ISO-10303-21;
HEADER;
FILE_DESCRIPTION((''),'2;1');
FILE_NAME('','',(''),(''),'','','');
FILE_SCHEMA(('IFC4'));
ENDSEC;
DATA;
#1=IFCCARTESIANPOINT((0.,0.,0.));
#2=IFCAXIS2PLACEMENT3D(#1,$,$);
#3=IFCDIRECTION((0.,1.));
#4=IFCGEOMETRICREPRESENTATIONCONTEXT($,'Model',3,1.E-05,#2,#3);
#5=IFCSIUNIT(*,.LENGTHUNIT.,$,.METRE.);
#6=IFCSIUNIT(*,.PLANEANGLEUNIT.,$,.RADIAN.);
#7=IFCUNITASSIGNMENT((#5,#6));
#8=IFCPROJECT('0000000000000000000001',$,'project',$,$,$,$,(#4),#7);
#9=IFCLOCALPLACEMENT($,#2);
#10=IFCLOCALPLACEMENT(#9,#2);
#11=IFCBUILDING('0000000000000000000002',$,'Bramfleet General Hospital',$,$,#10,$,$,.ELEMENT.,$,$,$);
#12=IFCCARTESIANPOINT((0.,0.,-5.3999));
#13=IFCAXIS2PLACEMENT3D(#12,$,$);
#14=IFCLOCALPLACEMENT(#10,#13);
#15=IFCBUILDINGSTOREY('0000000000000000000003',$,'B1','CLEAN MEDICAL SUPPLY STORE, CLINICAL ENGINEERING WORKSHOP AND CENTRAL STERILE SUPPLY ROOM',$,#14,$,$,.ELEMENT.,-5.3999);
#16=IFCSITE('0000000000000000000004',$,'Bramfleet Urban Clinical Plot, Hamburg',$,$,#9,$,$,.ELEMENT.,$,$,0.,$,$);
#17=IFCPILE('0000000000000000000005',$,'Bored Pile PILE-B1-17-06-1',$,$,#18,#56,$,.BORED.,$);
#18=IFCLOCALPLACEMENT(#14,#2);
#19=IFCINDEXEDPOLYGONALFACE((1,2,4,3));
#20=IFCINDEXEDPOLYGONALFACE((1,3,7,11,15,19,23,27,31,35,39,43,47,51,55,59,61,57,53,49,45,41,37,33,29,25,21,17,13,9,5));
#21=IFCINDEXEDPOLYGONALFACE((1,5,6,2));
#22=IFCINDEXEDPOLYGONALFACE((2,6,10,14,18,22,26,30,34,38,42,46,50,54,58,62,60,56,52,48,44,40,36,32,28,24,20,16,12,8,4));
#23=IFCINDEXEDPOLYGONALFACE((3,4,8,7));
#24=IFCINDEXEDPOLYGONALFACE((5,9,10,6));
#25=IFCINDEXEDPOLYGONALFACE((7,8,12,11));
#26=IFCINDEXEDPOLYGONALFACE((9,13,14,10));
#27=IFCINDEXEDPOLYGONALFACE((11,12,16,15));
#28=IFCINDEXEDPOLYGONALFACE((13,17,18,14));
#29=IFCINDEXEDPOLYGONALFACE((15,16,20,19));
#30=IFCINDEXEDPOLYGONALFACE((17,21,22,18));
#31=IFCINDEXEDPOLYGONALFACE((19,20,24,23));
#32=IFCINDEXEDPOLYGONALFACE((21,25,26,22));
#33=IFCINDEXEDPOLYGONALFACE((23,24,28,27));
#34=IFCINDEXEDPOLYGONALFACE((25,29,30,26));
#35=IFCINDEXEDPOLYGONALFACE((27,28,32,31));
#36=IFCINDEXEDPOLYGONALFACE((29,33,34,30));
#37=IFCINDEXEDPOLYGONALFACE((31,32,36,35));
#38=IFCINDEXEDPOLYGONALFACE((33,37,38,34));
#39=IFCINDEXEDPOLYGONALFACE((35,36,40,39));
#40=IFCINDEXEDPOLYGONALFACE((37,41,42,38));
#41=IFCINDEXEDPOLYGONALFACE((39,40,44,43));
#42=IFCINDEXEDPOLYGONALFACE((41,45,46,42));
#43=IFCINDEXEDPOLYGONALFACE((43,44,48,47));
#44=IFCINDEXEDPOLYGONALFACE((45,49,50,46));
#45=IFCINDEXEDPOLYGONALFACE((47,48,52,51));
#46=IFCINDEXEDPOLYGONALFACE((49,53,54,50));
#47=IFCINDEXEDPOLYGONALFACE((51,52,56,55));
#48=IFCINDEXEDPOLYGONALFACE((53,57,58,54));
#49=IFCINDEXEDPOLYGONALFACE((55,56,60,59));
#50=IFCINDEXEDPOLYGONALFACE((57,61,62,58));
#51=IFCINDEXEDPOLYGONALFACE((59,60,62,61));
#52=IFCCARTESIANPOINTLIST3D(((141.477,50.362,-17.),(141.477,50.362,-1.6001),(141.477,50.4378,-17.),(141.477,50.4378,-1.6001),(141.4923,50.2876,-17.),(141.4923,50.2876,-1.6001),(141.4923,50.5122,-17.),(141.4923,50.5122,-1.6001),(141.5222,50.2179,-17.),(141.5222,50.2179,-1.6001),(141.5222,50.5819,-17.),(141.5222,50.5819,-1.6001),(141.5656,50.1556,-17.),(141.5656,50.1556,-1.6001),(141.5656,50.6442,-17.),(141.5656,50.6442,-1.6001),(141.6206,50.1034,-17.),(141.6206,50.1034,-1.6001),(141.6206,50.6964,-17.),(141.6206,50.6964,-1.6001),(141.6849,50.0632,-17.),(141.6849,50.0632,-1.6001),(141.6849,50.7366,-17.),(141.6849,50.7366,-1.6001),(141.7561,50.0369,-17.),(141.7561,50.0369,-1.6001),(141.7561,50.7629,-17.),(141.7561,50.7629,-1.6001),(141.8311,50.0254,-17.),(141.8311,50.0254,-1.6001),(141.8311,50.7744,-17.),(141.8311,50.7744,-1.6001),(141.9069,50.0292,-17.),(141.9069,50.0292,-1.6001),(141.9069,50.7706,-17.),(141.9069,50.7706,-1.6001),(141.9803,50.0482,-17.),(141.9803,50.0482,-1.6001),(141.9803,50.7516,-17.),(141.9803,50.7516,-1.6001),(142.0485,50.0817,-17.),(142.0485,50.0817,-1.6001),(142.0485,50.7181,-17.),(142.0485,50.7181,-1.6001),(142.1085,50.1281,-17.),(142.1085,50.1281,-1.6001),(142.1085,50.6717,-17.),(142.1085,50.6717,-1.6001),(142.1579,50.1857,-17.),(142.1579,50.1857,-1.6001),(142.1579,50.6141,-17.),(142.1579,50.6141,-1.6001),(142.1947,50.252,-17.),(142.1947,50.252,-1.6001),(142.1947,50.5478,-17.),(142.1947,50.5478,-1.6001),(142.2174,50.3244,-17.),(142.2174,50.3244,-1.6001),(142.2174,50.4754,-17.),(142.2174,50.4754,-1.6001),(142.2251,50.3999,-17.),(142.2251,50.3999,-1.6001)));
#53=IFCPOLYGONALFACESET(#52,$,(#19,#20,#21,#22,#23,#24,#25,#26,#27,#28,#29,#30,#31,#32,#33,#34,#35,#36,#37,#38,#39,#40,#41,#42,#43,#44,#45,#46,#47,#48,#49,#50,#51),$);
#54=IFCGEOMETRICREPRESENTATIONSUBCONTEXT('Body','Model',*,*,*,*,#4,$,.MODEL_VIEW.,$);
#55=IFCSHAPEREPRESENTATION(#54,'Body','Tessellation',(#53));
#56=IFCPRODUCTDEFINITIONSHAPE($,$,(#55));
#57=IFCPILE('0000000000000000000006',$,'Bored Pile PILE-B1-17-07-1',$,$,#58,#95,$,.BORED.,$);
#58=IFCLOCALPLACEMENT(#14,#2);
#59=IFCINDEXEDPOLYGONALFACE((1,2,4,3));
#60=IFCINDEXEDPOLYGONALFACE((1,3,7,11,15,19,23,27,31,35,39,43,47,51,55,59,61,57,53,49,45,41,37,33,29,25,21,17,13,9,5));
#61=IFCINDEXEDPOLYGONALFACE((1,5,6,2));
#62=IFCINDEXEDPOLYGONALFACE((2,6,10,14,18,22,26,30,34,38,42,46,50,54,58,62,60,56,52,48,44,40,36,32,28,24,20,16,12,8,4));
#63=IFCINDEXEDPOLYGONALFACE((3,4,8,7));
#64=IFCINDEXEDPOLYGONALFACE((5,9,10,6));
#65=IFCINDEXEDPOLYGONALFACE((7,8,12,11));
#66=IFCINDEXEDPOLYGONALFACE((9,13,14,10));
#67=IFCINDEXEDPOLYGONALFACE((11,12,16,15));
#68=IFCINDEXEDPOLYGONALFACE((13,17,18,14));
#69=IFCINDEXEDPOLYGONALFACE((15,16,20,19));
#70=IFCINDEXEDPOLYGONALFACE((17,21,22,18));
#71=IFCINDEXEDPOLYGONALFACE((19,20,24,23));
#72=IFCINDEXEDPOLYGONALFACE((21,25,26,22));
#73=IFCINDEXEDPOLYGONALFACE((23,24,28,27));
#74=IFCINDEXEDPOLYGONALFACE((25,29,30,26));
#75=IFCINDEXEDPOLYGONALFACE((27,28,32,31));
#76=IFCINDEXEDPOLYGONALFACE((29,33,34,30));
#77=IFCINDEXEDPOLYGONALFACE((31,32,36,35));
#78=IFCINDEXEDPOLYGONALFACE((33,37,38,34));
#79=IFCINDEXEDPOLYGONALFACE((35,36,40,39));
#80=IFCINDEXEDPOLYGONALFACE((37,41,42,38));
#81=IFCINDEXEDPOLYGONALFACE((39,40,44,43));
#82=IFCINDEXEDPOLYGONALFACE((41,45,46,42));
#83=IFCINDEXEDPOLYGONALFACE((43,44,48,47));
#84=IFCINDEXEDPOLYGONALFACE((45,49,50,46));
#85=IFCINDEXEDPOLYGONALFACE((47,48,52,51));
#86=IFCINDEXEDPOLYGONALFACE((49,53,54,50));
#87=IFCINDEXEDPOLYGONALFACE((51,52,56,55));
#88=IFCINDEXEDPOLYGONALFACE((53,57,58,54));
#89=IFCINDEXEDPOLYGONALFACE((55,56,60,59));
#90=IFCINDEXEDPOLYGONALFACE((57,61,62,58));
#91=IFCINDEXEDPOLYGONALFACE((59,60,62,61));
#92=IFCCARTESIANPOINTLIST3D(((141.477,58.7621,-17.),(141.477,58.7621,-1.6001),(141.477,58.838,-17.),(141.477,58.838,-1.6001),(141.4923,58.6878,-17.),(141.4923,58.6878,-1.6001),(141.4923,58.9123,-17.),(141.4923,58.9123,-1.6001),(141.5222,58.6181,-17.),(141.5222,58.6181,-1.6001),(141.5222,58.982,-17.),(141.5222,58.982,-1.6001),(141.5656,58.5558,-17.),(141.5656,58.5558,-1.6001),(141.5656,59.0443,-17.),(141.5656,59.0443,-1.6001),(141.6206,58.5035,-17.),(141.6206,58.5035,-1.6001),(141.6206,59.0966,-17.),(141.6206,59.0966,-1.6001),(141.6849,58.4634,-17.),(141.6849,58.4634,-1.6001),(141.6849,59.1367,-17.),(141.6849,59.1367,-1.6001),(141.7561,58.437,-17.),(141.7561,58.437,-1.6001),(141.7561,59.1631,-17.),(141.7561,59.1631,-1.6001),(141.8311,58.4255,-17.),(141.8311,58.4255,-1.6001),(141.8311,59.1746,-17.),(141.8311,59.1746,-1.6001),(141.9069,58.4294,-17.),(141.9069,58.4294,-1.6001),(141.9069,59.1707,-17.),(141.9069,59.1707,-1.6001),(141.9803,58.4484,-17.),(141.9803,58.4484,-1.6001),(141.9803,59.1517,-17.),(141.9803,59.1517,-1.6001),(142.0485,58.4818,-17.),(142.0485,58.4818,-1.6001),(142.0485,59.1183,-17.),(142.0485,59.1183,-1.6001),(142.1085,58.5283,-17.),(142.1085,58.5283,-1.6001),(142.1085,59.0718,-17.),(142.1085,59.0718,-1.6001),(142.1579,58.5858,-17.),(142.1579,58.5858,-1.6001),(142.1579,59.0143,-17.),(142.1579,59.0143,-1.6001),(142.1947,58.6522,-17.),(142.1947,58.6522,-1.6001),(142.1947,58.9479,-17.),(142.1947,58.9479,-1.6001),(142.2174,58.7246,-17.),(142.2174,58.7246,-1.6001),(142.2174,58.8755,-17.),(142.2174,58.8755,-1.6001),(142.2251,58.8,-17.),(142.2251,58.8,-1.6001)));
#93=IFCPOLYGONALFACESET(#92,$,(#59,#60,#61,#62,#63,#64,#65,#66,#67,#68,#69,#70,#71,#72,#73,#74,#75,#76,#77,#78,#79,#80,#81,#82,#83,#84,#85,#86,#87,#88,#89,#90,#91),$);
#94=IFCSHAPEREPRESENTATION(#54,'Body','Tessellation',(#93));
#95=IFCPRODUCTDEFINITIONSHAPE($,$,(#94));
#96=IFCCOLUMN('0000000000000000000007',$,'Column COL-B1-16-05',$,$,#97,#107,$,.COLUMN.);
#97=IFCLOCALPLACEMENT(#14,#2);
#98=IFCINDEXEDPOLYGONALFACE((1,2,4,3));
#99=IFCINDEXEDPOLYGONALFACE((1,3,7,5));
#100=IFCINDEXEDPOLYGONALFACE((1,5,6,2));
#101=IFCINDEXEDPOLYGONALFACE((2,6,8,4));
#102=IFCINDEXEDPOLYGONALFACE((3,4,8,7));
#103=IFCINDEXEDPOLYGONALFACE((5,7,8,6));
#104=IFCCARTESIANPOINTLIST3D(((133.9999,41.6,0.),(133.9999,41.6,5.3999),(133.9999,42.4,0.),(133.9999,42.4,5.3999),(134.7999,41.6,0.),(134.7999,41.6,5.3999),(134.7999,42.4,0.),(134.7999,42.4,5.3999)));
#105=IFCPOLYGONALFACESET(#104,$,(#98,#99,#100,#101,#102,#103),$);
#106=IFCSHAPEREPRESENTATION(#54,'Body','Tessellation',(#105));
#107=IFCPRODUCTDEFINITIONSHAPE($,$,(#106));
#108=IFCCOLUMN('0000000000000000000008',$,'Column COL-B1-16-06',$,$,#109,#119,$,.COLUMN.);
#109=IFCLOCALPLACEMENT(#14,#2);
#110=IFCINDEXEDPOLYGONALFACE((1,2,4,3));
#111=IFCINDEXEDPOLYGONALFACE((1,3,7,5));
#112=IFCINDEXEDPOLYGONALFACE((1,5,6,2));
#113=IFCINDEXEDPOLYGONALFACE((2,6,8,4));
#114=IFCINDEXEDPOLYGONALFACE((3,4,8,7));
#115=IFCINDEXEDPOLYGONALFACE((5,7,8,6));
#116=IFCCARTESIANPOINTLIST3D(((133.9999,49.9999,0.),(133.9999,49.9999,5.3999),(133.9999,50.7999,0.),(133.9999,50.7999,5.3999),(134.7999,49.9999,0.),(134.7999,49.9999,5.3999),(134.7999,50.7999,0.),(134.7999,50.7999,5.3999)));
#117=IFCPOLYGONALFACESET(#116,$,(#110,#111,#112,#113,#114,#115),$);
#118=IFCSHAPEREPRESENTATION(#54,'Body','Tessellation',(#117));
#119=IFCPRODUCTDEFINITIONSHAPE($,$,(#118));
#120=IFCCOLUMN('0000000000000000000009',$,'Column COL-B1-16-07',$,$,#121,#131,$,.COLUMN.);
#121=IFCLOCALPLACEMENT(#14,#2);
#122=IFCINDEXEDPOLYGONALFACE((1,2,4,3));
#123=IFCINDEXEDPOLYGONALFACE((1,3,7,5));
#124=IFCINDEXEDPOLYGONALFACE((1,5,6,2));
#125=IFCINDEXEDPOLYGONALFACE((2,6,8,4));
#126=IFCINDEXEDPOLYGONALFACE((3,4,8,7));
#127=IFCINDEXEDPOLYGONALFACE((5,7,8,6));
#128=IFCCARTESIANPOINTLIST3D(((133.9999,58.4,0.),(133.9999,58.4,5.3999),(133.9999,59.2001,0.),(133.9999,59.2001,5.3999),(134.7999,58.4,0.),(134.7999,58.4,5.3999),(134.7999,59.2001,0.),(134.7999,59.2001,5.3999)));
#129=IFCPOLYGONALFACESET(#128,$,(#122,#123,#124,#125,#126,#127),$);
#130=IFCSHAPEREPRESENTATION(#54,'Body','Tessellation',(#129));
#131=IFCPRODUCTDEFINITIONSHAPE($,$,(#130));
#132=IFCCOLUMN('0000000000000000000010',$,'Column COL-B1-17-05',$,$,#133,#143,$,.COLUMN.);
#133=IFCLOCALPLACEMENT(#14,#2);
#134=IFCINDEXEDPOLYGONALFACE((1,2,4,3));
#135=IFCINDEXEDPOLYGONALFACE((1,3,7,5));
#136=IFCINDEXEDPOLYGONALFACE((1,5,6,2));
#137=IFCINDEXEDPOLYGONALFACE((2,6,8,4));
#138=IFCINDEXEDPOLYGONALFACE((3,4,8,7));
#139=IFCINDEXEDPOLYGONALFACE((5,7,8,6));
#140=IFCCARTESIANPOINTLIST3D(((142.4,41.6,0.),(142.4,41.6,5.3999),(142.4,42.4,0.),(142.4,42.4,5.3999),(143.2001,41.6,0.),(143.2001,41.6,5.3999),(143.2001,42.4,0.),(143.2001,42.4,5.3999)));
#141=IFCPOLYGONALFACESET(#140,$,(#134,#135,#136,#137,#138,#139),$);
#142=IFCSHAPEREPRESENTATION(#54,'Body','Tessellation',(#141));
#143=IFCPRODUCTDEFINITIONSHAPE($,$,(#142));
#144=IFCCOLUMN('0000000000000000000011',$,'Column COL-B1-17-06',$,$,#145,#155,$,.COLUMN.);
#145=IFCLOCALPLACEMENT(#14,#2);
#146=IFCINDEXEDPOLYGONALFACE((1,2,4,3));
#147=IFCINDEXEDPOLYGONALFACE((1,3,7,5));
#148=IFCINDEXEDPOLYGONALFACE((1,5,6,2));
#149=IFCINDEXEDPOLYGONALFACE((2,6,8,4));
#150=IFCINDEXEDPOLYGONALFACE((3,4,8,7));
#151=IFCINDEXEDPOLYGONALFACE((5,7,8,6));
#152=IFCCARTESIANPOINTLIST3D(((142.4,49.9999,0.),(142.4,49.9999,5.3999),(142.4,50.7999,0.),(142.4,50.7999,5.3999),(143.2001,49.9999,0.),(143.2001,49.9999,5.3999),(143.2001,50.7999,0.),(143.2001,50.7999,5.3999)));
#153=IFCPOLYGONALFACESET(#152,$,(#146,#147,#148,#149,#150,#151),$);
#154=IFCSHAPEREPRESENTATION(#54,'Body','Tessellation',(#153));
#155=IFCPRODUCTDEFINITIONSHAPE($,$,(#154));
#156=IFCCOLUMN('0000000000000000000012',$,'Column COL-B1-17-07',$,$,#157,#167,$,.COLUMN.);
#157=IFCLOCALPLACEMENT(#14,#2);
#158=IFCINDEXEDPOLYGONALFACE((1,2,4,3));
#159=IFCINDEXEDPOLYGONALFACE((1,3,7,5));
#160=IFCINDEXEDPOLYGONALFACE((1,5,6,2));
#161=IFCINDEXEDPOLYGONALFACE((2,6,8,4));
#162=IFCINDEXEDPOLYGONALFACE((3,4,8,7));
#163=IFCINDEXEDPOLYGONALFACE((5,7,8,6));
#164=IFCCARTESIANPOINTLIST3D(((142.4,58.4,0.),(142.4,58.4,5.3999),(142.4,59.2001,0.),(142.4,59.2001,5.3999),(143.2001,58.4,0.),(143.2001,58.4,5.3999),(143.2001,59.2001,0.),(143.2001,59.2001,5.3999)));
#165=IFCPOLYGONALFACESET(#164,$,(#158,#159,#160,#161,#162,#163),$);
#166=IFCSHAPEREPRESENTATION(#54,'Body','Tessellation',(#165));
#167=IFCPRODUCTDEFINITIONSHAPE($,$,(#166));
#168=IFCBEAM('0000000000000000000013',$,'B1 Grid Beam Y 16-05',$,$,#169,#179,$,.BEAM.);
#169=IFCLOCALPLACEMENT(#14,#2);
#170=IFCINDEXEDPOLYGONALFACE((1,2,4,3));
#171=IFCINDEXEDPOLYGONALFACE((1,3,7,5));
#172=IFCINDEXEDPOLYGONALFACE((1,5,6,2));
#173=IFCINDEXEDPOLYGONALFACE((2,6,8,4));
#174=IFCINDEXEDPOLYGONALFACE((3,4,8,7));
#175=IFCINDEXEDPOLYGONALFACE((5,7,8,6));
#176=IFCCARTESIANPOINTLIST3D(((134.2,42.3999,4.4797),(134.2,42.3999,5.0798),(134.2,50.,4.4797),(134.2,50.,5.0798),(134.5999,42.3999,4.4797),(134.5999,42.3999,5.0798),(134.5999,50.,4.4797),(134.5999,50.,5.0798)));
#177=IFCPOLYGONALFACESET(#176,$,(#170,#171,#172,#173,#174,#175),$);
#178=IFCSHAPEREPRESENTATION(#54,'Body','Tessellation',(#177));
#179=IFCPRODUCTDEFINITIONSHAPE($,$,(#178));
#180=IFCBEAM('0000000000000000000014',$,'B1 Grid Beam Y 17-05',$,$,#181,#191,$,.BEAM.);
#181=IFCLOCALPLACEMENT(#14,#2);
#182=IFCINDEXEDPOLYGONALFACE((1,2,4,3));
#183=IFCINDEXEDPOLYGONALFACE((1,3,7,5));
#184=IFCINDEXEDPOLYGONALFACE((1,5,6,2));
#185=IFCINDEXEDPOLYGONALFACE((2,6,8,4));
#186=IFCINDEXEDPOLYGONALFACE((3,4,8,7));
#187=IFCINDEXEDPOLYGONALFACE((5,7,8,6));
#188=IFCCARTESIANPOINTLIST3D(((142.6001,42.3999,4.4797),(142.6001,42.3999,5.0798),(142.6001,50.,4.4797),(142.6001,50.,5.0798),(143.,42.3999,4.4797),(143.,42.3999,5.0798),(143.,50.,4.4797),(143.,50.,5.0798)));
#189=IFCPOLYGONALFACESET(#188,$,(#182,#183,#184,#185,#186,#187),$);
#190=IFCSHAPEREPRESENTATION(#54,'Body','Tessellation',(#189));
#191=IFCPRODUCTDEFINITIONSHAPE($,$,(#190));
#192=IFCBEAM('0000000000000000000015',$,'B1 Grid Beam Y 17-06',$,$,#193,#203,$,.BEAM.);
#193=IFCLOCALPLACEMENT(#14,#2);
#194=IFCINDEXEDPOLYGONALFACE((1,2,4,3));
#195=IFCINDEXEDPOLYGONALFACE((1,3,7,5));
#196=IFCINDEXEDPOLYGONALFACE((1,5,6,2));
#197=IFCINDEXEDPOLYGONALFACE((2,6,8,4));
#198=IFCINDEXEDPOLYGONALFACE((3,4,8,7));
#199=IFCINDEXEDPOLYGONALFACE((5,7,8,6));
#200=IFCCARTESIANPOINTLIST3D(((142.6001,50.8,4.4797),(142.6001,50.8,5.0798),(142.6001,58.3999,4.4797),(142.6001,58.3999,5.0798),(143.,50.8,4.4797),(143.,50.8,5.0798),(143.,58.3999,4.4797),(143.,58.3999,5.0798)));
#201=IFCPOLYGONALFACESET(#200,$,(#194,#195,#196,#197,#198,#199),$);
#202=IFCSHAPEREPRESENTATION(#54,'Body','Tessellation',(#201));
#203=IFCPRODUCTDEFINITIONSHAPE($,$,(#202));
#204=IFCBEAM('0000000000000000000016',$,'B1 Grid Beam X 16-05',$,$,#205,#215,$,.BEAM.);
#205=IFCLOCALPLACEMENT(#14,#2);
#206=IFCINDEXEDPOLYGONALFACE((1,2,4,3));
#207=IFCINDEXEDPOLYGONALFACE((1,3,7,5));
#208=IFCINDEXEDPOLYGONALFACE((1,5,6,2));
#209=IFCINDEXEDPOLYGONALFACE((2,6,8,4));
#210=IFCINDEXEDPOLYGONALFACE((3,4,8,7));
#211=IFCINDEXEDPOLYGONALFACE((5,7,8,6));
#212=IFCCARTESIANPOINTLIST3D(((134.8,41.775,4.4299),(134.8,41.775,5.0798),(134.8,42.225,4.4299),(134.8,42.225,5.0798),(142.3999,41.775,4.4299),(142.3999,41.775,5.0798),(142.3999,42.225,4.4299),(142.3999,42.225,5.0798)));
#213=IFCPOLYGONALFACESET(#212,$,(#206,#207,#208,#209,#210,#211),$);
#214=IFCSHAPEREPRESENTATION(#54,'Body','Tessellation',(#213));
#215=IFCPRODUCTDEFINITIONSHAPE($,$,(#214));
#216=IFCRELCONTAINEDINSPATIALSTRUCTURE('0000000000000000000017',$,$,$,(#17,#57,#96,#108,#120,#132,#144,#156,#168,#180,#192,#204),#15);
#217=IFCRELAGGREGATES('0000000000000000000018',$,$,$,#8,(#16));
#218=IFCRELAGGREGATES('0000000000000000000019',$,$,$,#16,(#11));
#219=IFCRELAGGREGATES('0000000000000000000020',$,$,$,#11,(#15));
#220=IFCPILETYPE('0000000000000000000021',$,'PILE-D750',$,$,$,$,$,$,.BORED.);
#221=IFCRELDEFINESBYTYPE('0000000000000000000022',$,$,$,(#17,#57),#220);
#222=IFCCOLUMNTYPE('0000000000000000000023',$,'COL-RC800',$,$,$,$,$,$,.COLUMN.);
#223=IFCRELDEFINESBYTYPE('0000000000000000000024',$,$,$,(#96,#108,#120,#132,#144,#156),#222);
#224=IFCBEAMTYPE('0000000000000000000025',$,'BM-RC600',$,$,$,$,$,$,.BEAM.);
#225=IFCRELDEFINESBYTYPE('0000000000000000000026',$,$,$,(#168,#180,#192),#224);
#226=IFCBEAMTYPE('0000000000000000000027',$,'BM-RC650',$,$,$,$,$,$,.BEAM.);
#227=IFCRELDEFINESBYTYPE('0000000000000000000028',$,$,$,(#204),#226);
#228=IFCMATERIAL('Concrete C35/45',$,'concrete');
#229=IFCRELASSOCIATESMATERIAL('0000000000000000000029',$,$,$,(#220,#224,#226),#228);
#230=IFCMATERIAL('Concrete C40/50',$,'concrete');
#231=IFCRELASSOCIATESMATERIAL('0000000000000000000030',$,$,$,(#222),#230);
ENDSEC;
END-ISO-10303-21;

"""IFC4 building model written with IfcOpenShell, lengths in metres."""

from ifc_helpers import new_model, si_unit, direction, frame, origin, origin_2d, place, context, subcontext, project, spatial, rectangle, circle, extrude, material, material_profile, profile_set, type_object, element, save


model = new_model("IFC4")

# Units and contexts
model_context = context("Model", 3, precision=1e-05, world=origin(), true_north=direction((0.0, 1.0)))
body_context = subcontext(model_context, "Body", "Model", "MODEL_VIEW")
ifc_project = project(units=[si_unit("LENGTHUNIT", "METRE"), si_unit("PLANEANGLEUNIT", "RADIAN")], contexts=[model_context])

# Site, building, storey
site_placement = place(None, origin())
site = spatial("IfcSite", under=ifc_project, at=site_placement, Name="Bramfleet Urban Clinical Plot, Hamburg", CompositionType="ELEMENT", RefElevation=0.0)
building_placement = place(site_placement, origin())
building = spatial("IfcBuilding", under=site, at=building_placement, Name="Bramfleet General Hospital", CompositionType="ELEMENT")
storey_placement = place(building_placement, frame((0.0, 0.0, -5.3999)))
storey = spatial("IfcBuildingStorey", under=building, at=storey_placement, Name="B1", Description="CLEAN MEDICAL SUPPLY STORE, CLINICAL ENGINEERING WORKSHOP AND CENTRAL STERILE SUPPLY ROOM", CompositionType="ELEMENT", Elevation=-5.3999)

# Shared definitions
ifc_material_1 = material(Name="Concrete C35/45", Category="concrete")

# Piles
ifc_material_profile_1 = material_profile(ifc_material_1, circle(Radius=0.375, at=origin_2d()), Name="PILE BORED D750")
ifc_profile_set_1 = profile_set([ifc_material_profile_1], Name="Concrete C35/45")
pile_type = type_object("IfcPileType", Name="PILE-D750", PredefinedType="BORED", material=ifc_profile_set_1)
for number, where, z_axis, x_axis, name in (
    (1, (141.8501, 50.3999, -1.6001), (0.0, 0.0, -1.0), (1.0, 0.0, 0.0), "Bored Pile PILE-B1-17-06-1"),
    (2, (141.8501, 58.8, -1.6001), (0.0, 0.0, -1.0), (1.0, 0.0, 0.0), "Bored Pile PILE-B1-17-07-1"),
):
    element("IfcPile", number, at=place(storey_placement, frame(where, z_axis=z_axis, x_axis=x_axis)), inside=storey, type_object=pile_type, Name=name, PredefinedType="BORED", context=body_context, shape_type="SweptSolid", body=[
        extrude(circle(Radius=0.375, at=origin_2d()), origin(), (0.0, 0.0, 1.0), 15.3999),
    ])

# Columns
ifc_material_2 = material(Name="Concrete C40/50", Category="concrete")
ifc_material_profile_2 = material_profile(ifc_material_2, rectangle(XDim=0.8, YDim=0.8, at=origin_2d()), Name="RC COL 800x800")
ifc_profile_set_2 = profile_set([ifc_material_profile_2], Name="Concrete C40/50")
column_type = type_object("IfcColumnType", Name="COL-RC800", PredefinedType="COLUMN", material=ifc_profile_set_2)
for number, where, z_axis, x_axis, name in (
    (3, (134.3999, 42.0, 0.0), (0.0, 0.0, 1.0), (1.0, 0.0, 0.0), "Column COL-B1-16-05"),
    (4, (134.3999, 50.3999, 0.0), (0.0, 0.0, 1.0), (1.0, 0.0, 0.0), "Column COL-B1-16-06"),
    (5, (134.3999, 58.8, 0.0), (0.0, 0.0, 1.0), (1.0, 0.0, 0.0), "Column COL-B1-16-07"),
    (6, (142.8, 42.0, 0.0), (0.0, 0.0, 1.0), (1.0, 0.0, 0.0), "Column COL-B1-17-05"),
    (7, (142.8, 50.3999, 0.0), (0.0, 0.0, 1.0), (1.0, 0.0, 0.0), "Column COL-B1-17-06"),
    (8, (142.8, 58.8, 0.0), (0.0, 0.0, 1.0), (1.0, 0.0, 0.0), "Column COL-B1-17-07"),
):
    element("IfcColumn", number, at=place(storey_placement, frame(where, z_axis=z_axis, x_axis=x_axis)), inside=storey, type_object=column_type, Name=name, PredefinedType="COLUMN", context=body_context, shape_type="SweptSolid", body=[
        extrude(rectangle(XDim=0.8, YDim=0.8, at=origin_2d()), origin(), (0.0, 0.0, 1.0), 5.3999),
    ])

# Beams
ifc_material_profile_3 = material_profile(ifc_material_1, rectangle(XDim=0.3999, YDim=0.6001, at=origin_2d()), Name="RC BM 600x400")
ifc_profile_set_3 = profile_set([ifc_material_profile_3], Name="Concrete C35/45")
beam_type_1 = type_object("IfcBeamType", Name="BM-RC600", PredefinedType="BEAM", material=ifc_profile_set_3)
for number, where, z_axis, x_axis, name in (
    (9, (134.3999, 42.3999, 4.7798), (0.0, 1.0, 0.0), (-1.0, 0.0, 0.0), "B1 Grid Beam Y 16-05"),
    (10, (142.8, 42.3999, 4.7798), (0.0, 1.0, 0.0), (-1.0, 0.0, 0.0), "B1 Grid Beam Y 17-05"),
):
    element("IfcBeam", number, at=place(storey_placement, frame(where, z_axis=z_axis, x_axis=x_axis)), inside=storey, type_object=beam_type_1, Name=name, PredefinedType="BEAM", context=body_context, shape_type="SweptSolid", body=[
        extrude(rectangle(XDim=0.3999, YDim=0.6001, at=origin_2d()), origin(), (0.0, 0.0, 1.0), 7.6001),
    ])
beam_1_placement = place(storey_placement, frame((142.8, 50.8, 4.7798), z_axis=(0.0, 1.0, 0.0), x_axis=(-1.0, 0.0, 0.0)))
element("IfcBeam", 11, at=beam_1_placement, inside=storey, type_object=beam_type_1, Name="B1 Grid Beam Y 17-06", PredefinedType="BEAM", context=body_context, shape_type="SweptSolid", body=[
    extrude(rectangle(XDim=0.3999, YDim=0.6001, at=origin_2d()), origin(), (0.0, 0.0, 1.0), 7.5999),
])
ifc_material_profile_4 = material_profile(ifc_material_1, rectangle(XDim=0.45, YDim=0.6499, at=origin_2d()), Name="RC BM 650x450")
ifc_profile_set_4 = profile_set([ifc_material_profile_4], Name="Concrete C35/45")
beam_type_2 = type_object("IfcBeamType", Name="BM-RC650", PredefinedType="BEAM", material=ifc_profile_set_4)
for number, where, z_axis, x_axis, name in (
    (12, (134.8, 42.0, 4.7549), (1.0, 0.0, 0.0), (0.0, 1.0, 0.0), "B1 Grid Beam X 16-05"),
):
    element("IfcBeam", number, at=place(storey_placement, frame(where, z_axis=z_axis, x_axis=x_axis)), inside=storey, type_object=beam_type_2, Name=name, PredefinedType="BEAM", context=body_context, shape_type="SweptSolid", body=[
        extrude(rectangle(XDim=0.45, YDim=0.6499, at=origin_2d()), origin(), (0.0, 0.0, 1.0), 7.5999),
    ])

save(model, "model.ifc")
